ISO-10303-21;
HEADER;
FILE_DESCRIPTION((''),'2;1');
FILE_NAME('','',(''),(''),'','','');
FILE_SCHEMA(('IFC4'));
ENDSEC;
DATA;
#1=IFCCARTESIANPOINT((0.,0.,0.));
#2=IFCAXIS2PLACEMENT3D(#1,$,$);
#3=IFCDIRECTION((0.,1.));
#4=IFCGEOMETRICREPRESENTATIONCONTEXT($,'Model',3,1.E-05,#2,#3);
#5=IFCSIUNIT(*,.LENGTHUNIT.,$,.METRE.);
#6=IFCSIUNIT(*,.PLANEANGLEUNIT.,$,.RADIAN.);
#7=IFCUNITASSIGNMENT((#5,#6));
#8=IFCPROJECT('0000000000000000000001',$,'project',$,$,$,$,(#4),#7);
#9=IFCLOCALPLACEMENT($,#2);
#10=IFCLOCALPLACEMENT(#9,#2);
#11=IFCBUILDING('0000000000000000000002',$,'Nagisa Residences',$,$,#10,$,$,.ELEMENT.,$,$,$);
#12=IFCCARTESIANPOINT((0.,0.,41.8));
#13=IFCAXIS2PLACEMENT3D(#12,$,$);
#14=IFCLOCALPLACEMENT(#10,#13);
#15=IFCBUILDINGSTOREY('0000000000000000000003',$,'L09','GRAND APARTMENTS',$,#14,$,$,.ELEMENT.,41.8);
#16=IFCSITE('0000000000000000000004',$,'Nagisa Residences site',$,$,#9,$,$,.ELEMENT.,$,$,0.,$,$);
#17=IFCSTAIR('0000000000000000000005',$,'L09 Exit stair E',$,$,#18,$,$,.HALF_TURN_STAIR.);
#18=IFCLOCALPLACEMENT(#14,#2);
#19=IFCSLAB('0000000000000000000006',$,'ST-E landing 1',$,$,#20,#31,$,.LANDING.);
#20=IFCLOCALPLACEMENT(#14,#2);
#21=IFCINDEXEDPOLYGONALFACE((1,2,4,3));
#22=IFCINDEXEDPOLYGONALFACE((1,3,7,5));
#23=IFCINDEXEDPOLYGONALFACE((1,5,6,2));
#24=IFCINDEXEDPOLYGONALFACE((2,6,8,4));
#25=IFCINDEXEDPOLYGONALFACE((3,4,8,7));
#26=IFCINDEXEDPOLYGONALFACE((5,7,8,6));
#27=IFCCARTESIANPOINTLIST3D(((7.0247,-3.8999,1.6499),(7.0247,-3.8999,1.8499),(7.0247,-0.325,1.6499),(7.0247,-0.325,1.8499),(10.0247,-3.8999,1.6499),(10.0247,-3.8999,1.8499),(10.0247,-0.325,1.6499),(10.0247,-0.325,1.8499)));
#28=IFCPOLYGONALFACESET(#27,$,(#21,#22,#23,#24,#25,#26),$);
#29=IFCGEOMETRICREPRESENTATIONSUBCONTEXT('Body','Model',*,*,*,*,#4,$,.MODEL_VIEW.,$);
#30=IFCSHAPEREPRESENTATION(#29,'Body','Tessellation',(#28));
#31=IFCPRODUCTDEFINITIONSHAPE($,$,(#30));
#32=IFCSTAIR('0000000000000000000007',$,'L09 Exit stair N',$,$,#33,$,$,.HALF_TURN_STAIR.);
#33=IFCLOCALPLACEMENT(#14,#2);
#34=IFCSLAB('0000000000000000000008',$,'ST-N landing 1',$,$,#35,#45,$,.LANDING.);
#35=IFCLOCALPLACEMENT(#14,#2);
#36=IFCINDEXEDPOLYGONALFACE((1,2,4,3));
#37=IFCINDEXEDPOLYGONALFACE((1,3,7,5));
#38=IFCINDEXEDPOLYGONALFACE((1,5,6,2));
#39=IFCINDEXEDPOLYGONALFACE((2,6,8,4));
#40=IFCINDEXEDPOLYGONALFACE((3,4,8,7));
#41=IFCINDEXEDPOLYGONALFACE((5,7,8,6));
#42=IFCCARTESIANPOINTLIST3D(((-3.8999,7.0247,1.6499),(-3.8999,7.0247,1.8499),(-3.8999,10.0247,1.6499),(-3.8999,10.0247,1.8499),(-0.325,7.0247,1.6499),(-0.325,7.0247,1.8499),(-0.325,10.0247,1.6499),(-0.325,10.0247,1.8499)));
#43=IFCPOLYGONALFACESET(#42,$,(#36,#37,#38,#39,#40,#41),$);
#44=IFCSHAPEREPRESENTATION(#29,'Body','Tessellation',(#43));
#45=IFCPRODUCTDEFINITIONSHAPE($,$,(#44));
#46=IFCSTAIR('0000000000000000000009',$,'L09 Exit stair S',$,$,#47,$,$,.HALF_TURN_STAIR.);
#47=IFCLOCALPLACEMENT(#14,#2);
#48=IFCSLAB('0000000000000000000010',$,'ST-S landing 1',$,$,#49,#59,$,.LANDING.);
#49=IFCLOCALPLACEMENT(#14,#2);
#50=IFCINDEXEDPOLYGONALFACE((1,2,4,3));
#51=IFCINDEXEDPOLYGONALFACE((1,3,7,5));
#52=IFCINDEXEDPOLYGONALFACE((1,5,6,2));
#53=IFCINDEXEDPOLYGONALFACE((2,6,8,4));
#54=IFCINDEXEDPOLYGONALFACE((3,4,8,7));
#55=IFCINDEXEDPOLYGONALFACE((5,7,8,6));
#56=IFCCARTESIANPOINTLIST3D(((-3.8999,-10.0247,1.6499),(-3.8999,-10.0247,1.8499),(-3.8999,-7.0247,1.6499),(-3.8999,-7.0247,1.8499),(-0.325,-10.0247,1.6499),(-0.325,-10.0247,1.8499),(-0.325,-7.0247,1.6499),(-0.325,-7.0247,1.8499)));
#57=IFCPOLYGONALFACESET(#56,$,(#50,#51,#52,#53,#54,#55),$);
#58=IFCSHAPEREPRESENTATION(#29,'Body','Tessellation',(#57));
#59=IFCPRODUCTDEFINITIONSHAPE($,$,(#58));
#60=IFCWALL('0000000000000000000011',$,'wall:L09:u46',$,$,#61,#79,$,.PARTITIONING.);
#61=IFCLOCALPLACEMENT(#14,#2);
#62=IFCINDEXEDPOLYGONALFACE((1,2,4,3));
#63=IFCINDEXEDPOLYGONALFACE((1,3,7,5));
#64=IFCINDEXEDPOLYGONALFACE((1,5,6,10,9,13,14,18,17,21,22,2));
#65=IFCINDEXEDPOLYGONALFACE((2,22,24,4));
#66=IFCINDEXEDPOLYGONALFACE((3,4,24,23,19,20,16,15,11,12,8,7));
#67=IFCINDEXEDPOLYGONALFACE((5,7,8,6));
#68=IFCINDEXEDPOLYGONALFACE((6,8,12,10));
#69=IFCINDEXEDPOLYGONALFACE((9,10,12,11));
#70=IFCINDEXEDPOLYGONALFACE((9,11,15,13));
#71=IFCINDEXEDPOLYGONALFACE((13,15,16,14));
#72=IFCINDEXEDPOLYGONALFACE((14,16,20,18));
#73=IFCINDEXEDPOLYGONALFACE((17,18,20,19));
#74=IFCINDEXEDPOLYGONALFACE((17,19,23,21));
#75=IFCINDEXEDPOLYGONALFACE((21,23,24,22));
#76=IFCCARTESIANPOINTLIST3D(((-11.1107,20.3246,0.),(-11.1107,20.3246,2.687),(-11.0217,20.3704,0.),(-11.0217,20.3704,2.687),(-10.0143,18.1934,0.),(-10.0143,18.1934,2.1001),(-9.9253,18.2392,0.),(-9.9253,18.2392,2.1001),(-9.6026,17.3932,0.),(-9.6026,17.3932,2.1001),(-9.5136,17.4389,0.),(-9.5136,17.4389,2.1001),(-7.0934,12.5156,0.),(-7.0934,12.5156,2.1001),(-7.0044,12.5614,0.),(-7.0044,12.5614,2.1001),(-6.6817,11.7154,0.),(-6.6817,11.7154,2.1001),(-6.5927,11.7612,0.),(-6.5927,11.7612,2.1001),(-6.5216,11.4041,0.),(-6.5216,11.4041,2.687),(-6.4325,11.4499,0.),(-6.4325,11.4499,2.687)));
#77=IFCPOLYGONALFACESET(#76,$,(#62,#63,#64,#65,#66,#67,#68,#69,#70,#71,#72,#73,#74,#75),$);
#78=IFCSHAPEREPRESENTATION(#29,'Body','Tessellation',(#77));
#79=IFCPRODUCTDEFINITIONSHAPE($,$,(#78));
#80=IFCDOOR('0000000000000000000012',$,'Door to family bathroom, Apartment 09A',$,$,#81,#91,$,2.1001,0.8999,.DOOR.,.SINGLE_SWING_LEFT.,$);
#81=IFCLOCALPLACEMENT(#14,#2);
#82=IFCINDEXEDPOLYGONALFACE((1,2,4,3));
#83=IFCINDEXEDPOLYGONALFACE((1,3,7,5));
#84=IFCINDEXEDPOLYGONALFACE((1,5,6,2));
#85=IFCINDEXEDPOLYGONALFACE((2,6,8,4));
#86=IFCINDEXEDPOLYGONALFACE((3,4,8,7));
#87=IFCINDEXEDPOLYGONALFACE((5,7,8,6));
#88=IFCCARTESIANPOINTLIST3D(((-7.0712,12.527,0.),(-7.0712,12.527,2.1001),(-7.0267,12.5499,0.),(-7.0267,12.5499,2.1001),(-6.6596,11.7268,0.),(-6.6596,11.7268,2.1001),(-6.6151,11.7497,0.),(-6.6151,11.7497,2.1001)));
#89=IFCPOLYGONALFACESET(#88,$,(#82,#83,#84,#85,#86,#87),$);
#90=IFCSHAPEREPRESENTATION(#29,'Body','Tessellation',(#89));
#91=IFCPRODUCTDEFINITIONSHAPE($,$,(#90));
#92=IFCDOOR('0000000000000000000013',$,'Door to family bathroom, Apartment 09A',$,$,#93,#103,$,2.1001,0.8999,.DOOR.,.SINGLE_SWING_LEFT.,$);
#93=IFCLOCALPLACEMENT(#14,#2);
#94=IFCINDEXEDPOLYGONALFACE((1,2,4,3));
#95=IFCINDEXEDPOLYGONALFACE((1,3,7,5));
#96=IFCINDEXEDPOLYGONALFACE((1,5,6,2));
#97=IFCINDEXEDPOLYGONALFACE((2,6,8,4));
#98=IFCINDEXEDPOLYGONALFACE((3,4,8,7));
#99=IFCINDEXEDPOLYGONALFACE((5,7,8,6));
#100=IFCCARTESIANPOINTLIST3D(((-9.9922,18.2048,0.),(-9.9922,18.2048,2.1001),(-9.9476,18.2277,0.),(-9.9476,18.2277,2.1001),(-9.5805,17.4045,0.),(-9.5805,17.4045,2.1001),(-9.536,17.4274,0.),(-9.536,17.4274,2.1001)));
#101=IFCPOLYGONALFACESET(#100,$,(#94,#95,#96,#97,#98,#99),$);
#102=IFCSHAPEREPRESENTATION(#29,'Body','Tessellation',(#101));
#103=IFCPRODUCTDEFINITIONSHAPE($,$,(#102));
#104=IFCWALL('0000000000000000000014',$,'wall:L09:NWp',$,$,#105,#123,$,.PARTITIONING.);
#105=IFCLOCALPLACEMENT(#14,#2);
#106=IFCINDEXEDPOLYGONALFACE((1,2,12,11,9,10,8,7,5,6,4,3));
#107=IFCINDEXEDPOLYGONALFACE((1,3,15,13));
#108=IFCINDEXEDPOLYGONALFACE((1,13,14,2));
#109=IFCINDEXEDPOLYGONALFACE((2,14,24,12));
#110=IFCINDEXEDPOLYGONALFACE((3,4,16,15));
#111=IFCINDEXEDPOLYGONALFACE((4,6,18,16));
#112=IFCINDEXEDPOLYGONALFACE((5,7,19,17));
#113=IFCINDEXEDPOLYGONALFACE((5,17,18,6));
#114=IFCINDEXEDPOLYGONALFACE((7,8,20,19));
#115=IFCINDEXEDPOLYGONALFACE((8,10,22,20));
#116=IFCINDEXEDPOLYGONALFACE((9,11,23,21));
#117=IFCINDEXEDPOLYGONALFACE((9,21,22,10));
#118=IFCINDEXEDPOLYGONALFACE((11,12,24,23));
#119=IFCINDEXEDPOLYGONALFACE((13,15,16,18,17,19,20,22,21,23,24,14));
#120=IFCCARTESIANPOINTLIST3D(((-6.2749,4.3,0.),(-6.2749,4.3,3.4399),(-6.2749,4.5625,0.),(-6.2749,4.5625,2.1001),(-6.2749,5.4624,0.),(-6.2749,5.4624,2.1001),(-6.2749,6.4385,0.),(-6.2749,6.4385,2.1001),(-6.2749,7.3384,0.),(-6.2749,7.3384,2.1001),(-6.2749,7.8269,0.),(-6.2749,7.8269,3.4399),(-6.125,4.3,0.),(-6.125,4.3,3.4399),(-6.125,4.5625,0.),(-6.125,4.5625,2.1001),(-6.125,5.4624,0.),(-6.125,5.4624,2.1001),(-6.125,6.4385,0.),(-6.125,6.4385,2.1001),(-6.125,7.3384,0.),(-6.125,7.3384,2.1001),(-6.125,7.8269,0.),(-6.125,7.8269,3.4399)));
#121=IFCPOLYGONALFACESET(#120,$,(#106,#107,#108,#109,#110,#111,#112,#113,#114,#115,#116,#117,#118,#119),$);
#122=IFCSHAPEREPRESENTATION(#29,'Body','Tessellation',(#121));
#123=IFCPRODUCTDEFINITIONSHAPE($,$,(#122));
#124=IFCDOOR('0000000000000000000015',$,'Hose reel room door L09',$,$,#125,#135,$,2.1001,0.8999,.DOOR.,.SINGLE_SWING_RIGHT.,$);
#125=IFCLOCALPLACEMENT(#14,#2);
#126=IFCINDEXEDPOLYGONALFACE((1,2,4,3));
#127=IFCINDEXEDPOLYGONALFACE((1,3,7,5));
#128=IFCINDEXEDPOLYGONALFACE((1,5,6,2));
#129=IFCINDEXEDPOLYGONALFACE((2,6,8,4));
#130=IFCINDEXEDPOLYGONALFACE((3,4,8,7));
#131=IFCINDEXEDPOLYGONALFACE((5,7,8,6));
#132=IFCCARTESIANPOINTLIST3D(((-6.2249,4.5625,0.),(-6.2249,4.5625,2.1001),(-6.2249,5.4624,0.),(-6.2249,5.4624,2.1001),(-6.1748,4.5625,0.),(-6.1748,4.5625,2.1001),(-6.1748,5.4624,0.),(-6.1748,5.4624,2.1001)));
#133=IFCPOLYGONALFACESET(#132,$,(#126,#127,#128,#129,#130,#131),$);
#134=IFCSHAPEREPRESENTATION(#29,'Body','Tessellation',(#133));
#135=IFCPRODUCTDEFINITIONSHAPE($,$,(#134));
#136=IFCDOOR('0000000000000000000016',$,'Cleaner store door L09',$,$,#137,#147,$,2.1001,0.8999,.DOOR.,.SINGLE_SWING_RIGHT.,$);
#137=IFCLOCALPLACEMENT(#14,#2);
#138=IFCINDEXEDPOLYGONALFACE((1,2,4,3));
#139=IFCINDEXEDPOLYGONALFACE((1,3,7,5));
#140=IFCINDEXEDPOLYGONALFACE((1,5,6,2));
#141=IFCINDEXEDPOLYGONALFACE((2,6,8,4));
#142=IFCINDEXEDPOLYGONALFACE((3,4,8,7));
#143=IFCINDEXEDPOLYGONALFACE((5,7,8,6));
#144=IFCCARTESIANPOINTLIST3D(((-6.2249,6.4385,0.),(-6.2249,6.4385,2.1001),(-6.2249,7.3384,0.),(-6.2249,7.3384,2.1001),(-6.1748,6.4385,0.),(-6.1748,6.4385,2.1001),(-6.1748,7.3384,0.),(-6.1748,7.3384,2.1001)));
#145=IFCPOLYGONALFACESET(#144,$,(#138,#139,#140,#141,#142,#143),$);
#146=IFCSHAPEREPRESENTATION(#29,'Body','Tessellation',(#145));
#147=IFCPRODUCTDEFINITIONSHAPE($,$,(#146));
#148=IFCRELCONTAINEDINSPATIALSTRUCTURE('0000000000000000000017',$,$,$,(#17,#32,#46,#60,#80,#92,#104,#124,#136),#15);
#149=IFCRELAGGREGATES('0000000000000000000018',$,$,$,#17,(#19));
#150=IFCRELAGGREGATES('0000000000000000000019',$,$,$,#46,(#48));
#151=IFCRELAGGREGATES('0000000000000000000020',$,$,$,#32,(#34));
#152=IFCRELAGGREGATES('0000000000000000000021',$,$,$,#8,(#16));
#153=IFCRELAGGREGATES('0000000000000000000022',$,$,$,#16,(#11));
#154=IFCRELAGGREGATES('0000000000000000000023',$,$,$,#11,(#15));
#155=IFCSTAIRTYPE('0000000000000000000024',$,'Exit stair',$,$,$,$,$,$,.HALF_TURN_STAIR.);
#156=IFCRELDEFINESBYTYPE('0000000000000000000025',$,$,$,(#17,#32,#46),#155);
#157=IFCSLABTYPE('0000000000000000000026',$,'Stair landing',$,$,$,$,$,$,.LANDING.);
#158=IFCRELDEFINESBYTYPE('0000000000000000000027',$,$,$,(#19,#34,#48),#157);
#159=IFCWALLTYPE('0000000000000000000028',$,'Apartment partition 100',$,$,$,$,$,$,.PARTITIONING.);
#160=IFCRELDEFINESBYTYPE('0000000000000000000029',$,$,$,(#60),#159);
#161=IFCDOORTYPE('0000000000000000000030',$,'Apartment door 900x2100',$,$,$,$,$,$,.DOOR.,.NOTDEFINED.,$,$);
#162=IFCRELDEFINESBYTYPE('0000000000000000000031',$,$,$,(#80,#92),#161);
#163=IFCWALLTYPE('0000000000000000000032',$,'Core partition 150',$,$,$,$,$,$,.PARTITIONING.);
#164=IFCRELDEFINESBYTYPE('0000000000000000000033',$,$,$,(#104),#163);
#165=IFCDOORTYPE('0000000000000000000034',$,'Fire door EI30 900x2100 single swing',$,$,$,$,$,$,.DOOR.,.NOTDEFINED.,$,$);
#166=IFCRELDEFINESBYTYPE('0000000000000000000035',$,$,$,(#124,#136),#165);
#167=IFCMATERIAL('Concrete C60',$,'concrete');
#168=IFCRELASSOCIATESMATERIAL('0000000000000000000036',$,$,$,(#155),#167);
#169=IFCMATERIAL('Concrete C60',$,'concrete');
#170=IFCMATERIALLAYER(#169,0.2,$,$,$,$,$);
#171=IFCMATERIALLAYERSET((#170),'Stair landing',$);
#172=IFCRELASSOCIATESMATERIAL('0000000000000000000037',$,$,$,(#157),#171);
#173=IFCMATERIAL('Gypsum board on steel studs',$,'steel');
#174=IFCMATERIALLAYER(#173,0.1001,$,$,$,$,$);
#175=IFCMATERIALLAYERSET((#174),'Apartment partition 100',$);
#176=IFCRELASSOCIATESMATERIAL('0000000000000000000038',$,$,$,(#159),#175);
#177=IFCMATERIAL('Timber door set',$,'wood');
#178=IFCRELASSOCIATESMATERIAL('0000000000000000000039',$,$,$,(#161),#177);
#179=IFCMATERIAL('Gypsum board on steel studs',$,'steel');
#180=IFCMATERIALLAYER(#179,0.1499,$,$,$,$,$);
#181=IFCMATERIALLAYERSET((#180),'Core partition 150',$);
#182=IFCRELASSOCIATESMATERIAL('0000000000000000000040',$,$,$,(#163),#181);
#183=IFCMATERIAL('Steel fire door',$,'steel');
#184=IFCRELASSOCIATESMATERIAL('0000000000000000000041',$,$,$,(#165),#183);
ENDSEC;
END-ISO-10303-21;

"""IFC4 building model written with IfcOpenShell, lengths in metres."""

from ifc_helpers import new_model, si_unit, direction, frame, frame_2d, origin, place, context, subcontext, project, spatial, polyline, rectangle, outline, extrude, material, layer, layer_set, type_object, element, fill, aggregate, save


model = new_model("IFC4")

# Units and contexts
model_context = context("Model", 3, precision=1e-05, world=origin(), true_north=direction((0.0, 1.0)))
body_context = subcontext(model_context, "Body", "Model", "MODEL_VIEW")
ifc_project = project(units=[si_unit("LENGTHUNIT", "METRE"), si_unit("PLANEANGLEUNIT", "RADIAN")], contexts=[model_context])

# Site, building, storey
site_placement = place(None, origin())
site = spatial("IfcSite", under=ifc_project, at=site_placement, Name="Nagisa Residences site", CompositionType="ELEMENT", RefElevation=0.0)
building_placement = place(site_placement, origin())
building = spatial("IfcBuilding", under=site, at=building_placement, Name="Nagisa Residences", CompositionType="ELEMENT")
storey_placement = place(building_placement, frame((0.0, 0.0, 41.8)))
storey = spatial("IfcBuildingStorey", under=building, at=storey_placement, Name="L09", Description="GRAND APARTMENTS", CompositionType="ELEMENT", Elevation=41.8)

# Stairs, slabs
ifc_material_1 = material(Name="Concrete C60", Category="concrete")
stair_type = type_object("IfcStairType", Name="Exit stair", PredefinedType="HALF_TURN_STAIR", material=ifc_material_1)
stair_1_placement = place(storey_placement, origin())
stair_1 = element("IfcStair", 1, at=stair_1_placement, inside=storey, type_object=stair_type, Name="L09 Exit stair E", PredefinedType="HALF_TURN_STAIR")
ifc_material_2 = material(Name="Concrete C60", Category="concrete")
ifc_layer_1 = layer(ifc_material_2, 0.2)
ifc_layer_set_1 = layer_set([ifc_layer_1], Name="Stair landing")
slab_type = type_object("IfcSlabType", Name="Stair landing", PredefinedType="LANDING", material=ifc_layer_set_1)
slab_1_placement = place(storey_placement, frame((0.0, 0.0, 1.6499)))
slab_1 = element("IfcSlab", 2, at=slab_1_placement, type_object=slab_type, Name="ST-E landing 1", PredefinedType="LANDING", context=body_context, shape_type="SweptSolid", body=[
    extrude(outline(polyline([(7.0247, -0.325), (7.0247, -3.8999), (10.0247, -3.8999), (10.0247, -0.325), (7.0247, -0.325)])), origin(), (0.0, 0.0, 1.0), 0.2),
])
aggregate(stair_1, [slab_1])
stair_2_placement = place(storey_placement, origin())
stair_2 = element("IfcStair", 3, at=stair_2_placement, inside=storey, type_object=stair_type, Name="L09 Exit stair N", PredefinedType="HALF_TURN_STAIR")
slab_2_placement = place(storey_placement, frame((0.0, 0.0, 1.6499)))
slab_2 = element("IfcSlab", 4, at=slab_2_placement, type_object=slab_type, Name="ST-N landing 1", PredefinedType="LANDING", context=body_context, shape_type="SweptSolid", body=[
    extrude(outline(polyline([(-0.325, 10.0247), (-3.8999, 10.0247), (-3.8999, 7.0247), (-0.325, 7.0247), (-0.325, 10.0247)])), origin(), (0.0, 0.0, 1.0), 0.2),
])
stair_3_placement = place(storey_placement, origin())
stair_3 = element("IfcStair", 5, at=stair_3_placement, inside=storey, type_object=stair_type, Name="L09 Exit stair S", PredefinedType="HALF_TURN_STAIR")
slab_3_placement = place(storey_placement, frame((0.0, 0.0, 1.6499)))
slab_3 = element("IfcSlab", 6, at=slab_3_placement, type_object=slab_type, Name="ST-S landing 1", PredefinedType="LANDING", context=body_context, shape_type="SweptSolid", body=[
    extrude(outline(polyline([(-0.325, -7.0247), (-3.8999, -7.0247), (-3.8999, -10.0247), (-0.325, -10.0247), (-0.325, -7.0247)])), origin(), (0.0, 0.0, 1.0), 0.2),
])
aggregate(stair_3, [slab_3])

# Walls, openings, doors
ifc_material_3 = material(Name="Gypsum board on steel studs", Category="steel")
ifc_layer_2 = layer(ifc_material_3, 0.1001)
ifc_layer_set_2 = layer_set([ifc_layer_2], Name="Apartment partition 100")
wall_type_1 = type_object("IfcWallType", Name="Apartment partition 100", PredefinedType="PARTITIONING", material=ifc_layer_set_2)
wall_1_placement = place(storey_placement, frame((-6.4771, 11.427, 0.0), z_axis=(0.0, 0.0, 1.0), x_axis=(-0.457464, 0.889228, 0.0)))
wall_1 = element("IfcWall", 7, at=wall_1_placement, inside=storey, type_object=wall_type_1, Name="wall:L09:u46", PredefinedType="PARTITIONING", context=body_context, shape_type="SweptSolid", body=[
    extrude(rectangle(XDim=10.0317, YDim=0.1001, at=frame_2d((5.0159, 0.0))), origin(), (0.0, 0.0, 1.0), 2.687),
])
opening_1_placement = place(wall_1_placement, frame((0.3501, 0.0, 0.0)))
opening_1 = element("IfcOpeningElement", 8, at=opening_1_placement, cuts=wall_1, PredefinedType="OPENING", context=body_context, shape_type="SweptSolid", body=[
    extrude(rectangle(XDim=0.8999, YDim=2.1001, at=frame_2d((0.45, 1.05))), frame((0.0, 0.0601, 0.0), z_axis=(0.0, -1.0, 0.0), x_axis=(1.0, 0.0, 0.0)), (0.0, 0.0, 1.0), 0.1201),
])
opening_2_placement = place(wall_1_placement, frame((6.7351, 0.0, 0.0)))
opening_2 = element("IfcOpeningElement", 9, at=opening_2_placement, cuts=wall_1, PredefinedType="OPENING", context=body_context, shape_type="SweptSolid", body=[
    extrude(rectangle(XDim=0.8999, YDim=2.1001, at=frame_2d((0.45, 1.05))), frame((0.0, 0.0601, 0.0), z_axis=(0.0, -1.0, 0.0), x_axis=(1.0, 0.0, 0.0)), (0.0, 0.0, 1.0), 0.1201),
])
ifc_material_4 = material(Name="Timber door set", Category="wood")
door_type_1 = type_object("IfcDoorType", Name="Apartment door 900x2100", OperationType="NOTDEFINED", PredefinedType="DOOR", material=ifc_material_4)
door_1_placement = place(opening_1_placement, frame((0.8999, 0.0, 0.0), x_axis=(-1.0, 0.0, 0.0)))
door_1 = element("IfcDoor", 10, at=door_1_placement, inside=storey, type_object=door_type_1, Name="Door to family bathroom, Apartment 09A", OperationType="SINGLE_SWING_LEFT", OverallHeight=2.1001, OverallWidth=0.8999, PredefinedType="DOOR", context=body_context, shape_type="SweptSolid", body=[
    extrude(rectangle(XDim=0.8999, YDim=2.1001, at=frame_2d((0.45, 1.05))), frame((0.0, 0.0249, 0.0), z_axis=(0.0, -1.0, 0.0), x_axis=(1.0, 0.0, 0.0)), (0.0, 0.0, 1.0), 0.05),
])
fill(opening_1, door_1)
door_2_placement = place(opening_2_placement, frame((0.8999, 0.0, 0.0), x_axis=(-1.0, 0.0, 0.0)))
door_2 = element("IfcDoor", 11, at=door_2_placement, inside=storey, type_object=door_type_1, Name="Door to family bathroom, Apartment 09A", OperationType="SINGLE_SWING_LEFT", OverallHeight=2.1001, OverallWidth=0.8999, PredefinedType="DOOR", context=body_context, shape_type="SweptSolid", body=[
    extrude(rectangle(XDim=0.8999, YDim=2.1001, at=frame_2d((0.45, 1.05))), frame((0.0, 0.0249, 0.0), z_axis=(0.0, -1.0, 0.0), x_axis=(1.0, 0.0, 0.0)), (0.0, 0.0, 1.0), 0.05),
])
fill(opening_2, door_2)
ifc_material_5 = material(Name="Gypsum board on steel studs", Category="steel")
ifc_layer_3 = layer(ifc_material_5, 0.1499)
ifc_layer_set_3 = layer_set([ifc_layer_3], Name="Core partition 150")
wall_type_2 = type_object("IfcWallType", Name="Core partition 150", PredefinedType="PARTITIONING", material=ifc_layer_set_3)
wall_2_placement = place(storey_placement, frame((-6.2, 4.3, 0.0), z_axis=(0.0, 0.0, 1.0), x_axis=(0.0, 1.0, 0.0)))
wall_2 = element("IfcWall", 12, at=wall_2_placement, inside=storey, type_object=wall_type_2, Name="wall:L09:NWp", PredefinedType="PARTITIONING", context=body_context, shape_type="SweptSolid", body=[
    extrude(rectangle(XDim=3.5269, YDim=0.1499, at=frame_2d((1.7634, 0.0))), origin(), (0.0, 0.0, 1.0), 3.4399),
])
opening_3_placement = place(wall_2_placement, frame((0.2625, 0.0, 0.0)))
opening_3 = element("IfcOpeningElement", 13, at=opening_3_placement, cuts=wall_2, PredefinedType="OPENING", context=body_context, shape_type="SweptSolid", body=[
    extrude(rectangle(XDim=0.8999, YDim=2.1001, at=frame_2d((0.45, 1.05))), frame((0.0, 0.085, 0.0), z_axis=(0.0, -1.0, 0.0), x_axis=(1.0, 0.0, 0.0)), (0.0, 0.0, 1.0), 0.1699),
])
opening_4_placement = place(wall_2_placement, frame((2.1384, 0.0, 0.0)))
opening_4 = element("IfcOpeningElement", 14, at=opening_4_placement, cuts=wall_2, PredefinedType="OPENING", context=body_context, shape_type="SweptSolid", body=[
    extrude(rectangle(XDim=0.8999, YDim=2.1001, at=frame_2d((0.45, 1.05))), frame((0.0, 0.085, 0.0), z_axis=(0.0, -1.0, 0.0), x_axis=(1.0, 0.0, 0.0)), (0.0, 0.0, 1.0), 0.1699),
])
ifc_material_6 = material(Name="Steel fire door", Category="steel")
door_type_2 = type_object("IfcDoorType", Name="Fire door EI30 900x2100 single swing", OperationType="NOTDEFINED", PredefinedType="DOOR", material=ifc_material_6)
door_3_placement = place(opening_3_placement, origin())
door_3 = element("IfcDoor", 15, at=door_3_placement, inside=storey, type_object=door_type_2, Name="Hose reel room door L09", OperationType="SINGLE_SWING_RIGHT", OverallHeight=2.1001, OverallWidth=0.8999, PredefinedType="DOOR", context=body_context, shape_type="SweptSolid", body=[
    extrude(rectangle(XDim=0.8999, YDim=2.1001, at=frame_2d((0.45, 1.05))), frame((0.0, 0.0249, 0.0), z_axis=(0.0, -1.0, 0.0), x_axis=(1.0, 0.0, 0.0)), (0.0, 0.0, 1.0), 0.05),
])
fill(opening_3, door_3)
door_4_placement = place(opening_4_placement, origin())
door_4 = element("IfcDoor", 16, at=door_4_placement, inside=storey, type_object=door_type_2, Name="Cleaner store door L09", OperationType="SINGLE_SWING_RIGHT", OverallHeight=2.1001, OverallWidth=0.8999, PredefinedType="DOOR", context=body_context, shape_type="SweptSolid", body=[
    extrude(rectangle(XDim=0.8999, YDim=2.1001, at=frame_2d((0.45, 1.05))), frame((0.0, 0.0249, 0.0), z_axis=(0.0, -1.0, 0.0), x_axis=(1.0, 0.0, 0.0)), (0.0, 0.0, 1.0), 0.05),
])
fill(opening_4, door_4)

aggregate(stair_2, [slab_2])

save(model, "model.ifc")
